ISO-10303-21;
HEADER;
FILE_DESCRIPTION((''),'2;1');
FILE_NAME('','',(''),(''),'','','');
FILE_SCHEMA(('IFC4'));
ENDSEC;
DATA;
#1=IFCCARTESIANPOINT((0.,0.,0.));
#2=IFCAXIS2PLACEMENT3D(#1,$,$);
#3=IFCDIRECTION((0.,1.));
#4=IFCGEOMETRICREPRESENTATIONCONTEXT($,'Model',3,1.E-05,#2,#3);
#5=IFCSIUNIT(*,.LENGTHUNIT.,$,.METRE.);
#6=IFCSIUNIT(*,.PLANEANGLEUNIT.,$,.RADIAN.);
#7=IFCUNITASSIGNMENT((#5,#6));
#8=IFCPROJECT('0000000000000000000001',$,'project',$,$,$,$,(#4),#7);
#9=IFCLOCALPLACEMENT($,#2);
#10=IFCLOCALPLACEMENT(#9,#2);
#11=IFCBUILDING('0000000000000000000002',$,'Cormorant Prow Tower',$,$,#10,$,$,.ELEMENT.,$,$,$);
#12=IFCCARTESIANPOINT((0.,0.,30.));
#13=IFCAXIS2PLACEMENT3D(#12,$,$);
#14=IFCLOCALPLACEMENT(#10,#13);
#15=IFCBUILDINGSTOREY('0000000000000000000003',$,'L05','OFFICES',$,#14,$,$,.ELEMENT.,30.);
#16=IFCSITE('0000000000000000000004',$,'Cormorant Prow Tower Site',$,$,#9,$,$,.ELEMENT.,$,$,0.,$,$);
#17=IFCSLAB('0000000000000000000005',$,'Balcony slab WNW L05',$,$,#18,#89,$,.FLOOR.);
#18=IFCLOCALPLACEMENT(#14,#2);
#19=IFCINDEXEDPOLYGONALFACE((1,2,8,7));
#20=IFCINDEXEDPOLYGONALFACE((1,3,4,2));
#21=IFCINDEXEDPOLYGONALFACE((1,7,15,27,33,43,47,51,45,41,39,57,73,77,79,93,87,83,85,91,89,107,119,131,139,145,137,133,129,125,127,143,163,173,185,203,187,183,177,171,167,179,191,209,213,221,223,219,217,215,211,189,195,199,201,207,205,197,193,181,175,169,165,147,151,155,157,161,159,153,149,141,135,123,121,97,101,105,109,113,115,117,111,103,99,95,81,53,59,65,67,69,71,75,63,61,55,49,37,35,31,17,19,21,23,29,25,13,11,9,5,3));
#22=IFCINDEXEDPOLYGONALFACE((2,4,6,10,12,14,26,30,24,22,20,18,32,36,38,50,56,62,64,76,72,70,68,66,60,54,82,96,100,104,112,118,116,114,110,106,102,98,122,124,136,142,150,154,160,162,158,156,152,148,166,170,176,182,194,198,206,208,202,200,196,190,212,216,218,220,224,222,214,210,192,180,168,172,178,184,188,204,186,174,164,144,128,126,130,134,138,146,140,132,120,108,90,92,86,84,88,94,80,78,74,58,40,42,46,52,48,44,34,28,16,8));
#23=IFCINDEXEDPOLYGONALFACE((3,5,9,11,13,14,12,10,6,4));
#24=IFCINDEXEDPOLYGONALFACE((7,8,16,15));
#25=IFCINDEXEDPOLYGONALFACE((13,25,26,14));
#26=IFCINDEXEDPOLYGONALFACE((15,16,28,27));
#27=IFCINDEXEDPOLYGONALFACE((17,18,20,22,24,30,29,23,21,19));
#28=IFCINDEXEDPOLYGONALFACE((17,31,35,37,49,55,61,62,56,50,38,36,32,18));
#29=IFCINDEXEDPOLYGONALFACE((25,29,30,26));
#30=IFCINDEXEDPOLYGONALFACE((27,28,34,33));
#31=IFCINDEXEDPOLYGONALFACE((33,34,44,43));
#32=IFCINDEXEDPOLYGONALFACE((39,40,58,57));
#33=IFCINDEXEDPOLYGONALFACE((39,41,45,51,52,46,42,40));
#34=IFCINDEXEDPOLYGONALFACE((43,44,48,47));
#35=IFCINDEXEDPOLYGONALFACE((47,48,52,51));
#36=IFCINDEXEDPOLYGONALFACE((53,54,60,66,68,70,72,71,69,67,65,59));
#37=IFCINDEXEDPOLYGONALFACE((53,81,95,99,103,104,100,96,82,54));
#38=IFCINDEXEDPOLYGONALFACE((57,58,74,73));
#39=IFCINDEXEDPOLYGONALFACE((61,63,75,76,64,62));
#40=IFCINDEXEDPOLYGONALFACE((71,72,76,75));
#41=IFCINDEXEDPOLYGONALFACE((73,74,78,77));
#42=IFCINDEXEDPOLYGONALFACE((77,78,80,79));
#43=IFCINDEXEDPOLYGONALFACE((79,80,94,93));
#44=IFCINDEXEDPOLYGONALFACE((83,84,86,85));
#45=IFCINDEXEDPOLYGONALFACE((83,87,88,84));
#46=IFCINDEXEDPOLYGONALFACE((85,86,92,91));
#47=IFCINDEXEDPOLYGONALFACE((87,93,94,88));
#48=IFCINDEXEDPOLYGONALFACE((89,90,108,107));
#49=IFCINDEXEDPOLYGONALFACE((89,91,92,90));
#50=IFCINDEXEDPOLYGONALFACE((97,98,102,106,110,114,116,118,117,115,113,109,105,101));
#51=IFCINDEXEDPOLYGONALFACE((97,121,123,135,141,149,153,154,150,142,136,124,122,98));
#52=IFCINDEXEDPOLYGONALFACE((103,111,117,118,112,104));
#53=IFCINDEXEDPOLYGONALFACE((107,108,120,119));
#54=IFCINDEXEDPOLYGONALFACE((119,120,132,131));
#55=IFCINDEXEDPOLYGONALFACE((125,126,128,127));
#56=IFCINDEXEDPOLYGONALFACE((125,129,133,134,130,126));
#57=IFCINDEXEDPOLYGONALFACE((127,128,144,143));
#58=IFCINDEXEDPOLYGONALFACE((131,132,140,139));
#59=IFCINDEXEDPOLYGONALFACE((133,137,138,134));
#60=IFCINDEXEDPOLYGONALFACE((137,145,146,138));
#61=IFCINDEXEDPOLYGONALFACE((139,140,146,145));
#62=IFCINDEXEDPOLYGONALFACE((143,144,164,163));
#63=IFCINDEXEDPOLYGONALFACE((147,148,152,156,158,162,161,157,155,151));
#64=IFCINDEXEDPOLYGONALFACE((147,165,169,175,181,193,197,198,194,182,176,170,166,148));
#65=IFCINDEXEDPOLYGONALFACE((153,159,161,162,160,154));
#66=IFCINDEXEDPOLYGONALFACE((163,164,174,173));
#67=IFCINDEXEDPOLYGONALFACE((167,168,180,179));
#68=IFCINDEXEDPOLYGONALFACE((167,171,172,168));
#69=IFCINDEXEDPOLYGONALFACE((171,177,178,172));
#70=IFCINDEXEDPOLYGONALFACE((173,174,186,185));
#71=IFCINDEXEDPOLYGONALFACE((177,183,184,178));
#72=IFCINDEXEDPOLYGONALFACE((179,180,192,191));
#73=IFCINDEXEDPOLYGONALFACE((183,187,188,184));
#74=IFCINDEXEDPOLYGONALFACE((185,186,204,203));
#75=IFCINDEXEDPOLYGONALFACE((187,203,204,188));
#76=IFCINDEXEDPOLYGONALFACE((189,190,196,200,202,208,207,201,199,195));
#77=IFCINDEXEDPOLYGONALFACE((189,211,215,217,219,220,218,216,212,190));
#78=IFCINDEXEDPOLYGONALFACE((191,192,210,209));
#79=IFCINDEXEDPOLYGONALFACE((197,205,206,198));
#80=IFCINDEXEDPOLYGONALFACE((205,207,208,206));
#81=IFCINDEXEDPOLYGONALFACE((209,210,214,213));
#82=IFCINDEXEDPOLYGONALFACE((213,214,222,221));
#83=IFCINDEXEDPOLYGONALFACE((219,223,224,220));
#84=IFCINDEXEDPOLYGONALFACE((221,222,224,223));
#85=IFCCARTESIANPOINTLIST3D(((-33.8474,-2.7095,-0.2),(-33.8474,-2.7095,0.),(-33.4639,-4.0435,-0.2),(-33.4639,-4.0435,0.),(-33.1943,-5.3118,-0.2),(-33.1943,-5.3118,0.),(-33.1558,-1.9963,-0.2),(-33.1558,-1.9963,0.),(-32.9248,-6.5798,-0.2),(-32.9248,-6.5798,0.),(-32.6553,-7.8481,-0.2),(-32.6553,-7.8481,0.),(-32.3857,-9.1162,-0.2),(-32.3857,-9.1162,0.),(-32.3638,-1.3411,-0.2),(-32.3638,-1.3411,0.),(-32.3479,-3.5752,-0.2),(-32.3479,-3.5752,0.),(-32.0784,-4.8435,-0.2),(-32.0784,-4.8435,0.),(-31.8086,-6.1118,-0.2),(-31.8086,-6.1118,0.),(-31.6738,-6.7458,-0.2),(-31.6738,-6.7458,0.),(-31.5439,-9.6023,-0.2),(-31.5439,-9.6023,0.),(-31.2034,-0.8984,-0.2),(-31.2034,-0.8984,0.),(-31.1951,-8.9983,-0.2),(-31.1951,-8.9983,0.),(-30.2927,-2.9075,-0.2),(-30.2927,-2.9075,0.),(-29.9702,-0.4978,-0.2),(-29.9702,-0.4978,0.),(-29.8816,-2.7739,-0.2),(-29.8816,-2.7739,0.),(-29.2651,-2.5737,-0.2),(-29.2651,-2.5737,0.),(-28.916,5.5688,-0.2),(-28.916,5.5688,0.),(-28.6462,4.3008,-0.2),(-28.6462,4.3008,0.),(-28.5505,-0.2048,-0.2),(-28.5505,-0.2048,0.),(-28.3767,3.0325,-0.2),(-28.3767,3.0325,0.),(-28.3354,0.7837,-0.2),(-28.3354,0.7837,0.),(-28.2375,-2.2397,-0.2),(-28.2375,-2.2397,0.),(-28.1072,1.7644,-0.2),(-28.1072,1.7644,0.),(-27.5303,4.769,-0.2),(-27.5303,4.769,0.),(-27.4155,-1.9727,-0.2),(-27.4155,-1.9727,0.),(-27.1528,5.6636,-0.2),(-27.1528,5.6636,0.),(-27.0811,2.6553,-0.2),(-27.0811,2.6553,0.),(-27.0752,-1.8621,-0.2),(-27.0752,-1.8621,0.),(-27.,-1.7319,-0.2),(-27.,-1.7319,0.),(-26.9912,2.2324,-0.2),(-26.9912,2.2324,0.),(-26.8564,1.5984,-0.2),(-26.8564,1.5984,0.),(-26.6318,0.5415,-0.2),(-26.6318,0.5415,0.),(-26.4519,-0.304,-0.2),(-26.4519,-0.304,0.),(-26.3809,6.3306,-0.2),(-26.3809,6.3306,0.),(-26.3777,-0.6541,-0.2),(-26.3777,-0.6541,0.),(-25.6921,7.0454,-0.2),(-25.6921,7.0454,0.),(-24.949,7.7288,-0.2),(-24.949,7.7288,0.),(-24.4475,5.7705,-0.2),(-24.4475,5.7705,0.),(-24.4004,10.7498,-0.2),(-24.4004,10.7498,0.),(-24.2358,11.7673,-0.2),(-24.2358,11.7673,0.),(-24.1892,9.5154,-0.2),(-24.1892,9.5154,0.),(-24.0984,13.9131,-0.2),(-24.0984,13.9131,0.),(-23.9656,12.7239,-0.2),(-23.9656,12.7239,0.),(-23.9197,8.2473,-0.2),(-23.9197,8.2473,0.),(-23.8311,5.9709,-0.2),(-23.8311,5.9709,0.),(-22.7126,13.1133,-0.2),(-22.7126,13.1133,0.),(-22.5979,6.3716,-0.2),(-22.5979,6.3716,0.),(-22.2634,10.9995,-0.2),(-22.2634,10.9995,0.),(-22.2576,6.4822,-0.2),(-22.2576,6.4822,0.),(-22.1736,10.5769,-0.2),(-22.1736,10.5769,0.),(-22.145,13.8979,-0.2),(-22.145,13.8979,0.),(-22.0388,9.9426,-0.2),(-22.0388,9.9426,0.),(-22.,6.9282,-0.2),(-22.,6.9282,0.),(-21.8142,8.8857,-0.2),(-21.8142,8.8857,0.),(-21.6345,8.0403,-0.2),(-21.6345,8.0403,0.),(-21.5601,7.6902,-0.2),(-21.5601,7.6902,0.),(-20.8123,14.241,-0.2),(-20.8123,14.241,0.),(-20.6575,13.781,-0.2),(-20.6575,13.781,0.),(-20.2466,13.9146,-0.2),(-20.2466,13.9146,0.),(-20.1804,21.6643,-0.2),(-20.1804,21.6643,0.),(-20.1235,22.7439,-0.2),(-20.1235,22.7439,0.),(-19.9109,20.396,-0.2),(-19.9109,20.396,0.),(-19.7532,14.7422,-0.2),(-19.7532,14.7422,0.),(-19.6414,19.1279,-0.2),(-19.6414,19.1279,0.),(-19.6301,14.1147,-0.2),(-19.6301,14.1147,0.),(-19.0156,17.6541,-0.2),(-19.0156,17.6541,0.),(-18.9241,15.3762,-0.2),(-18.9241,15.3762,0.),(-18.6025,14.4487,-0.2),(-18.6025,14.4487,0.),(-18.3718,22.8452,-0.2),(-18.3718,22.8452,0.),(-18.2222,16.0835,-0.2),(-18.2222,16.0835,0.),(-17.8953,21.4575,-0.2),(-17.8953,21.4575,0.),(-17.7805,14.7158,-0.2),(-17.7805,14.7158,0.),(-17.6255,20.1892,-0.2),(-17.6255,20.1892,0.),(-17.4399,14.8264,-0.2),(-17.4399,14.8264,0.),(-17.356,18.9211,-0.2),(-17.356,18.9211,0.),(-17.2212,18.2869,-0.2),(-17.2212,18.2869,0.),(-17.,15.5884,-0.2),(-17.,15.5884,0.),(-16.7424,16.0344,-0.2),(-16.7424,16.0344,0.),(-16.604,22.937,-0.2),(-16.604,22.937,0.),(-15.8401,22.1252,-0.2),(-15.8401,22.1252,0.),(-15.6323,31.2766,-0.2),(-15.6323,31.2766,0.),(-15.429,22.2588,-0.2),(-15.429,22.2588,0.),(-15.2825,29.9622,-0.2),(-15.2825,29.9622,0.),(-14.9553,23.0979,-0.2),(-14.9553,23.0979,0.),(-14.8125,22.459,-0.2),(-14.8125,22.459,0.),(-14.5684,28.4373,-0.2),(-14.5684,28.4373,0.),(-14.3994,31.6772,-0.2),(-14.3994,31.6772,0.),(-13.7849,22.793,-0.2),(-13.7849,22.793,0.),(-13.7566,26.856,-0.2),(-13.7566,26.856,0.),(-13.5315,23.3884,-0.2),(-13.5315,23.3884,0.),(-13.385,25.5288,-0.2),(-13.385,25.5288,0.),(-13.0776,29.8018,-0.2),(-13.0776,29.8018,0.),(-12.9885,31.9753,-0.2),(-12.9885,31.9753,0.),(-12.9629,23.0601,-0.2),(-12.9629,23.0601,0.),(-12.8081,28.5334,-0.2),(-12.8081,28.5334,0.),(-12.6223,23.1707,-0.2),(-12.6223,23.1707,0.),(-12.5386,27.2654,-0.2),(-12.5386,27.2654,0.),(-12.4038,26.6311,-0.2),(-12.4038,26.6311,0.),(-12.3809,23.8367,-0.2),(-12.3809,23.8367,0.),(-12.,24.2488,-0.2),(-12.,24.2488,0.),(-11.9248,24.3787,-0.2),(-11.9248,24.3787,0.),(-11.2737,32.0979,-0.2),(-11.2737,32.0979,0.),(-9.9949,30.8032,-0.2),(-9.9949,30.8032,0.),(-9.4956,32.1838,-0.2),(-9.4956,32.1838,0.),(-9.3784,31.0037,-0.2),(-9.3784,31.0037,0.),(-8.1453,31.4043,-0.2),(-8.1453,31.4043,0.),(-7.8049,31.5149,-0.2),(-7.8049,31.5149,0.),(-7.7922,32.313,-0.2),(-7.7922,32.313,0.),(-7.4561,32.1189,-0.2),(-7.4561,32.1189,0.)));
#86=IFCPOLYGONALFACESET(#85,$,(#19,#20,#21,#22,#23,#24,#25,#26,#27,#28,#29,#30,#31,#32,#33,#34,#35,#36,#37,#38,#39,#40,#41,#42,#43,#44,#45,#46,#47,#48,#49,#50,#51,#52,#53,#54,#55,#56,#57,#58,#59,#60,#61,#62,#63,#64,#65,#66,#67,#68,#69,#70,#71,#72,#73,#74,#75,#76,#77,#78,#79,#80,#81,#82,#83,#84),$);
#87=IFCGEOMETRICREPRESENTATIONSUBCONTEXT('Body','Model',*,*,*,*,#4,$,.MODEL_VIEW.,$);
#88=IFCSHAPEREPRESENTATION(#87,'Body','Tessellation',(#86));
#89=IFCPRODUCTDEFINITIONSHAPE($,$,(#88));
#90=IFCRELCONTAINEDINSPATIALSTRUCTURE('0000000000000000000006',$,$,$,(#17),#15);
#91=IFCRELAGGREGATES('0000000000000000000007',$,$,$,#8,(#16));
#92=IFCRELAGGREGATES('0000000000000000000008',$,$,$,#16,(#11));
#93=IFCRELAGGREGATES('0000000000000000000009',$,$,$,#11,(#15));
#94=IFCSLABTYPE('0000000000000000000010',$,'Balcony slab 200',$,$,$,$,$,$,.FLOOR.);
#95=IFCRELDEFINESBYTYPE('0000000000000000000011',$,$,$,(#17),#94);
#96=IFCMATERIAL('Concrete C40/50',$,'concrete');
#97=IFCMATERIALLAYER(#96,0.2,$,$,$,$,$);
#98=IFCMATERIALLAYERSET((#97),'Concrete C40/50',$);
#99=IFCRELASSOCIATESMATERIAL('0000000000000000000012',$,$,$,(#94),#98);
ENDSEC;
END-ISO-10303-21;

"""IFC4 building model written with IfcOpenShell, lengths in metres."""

from ifc_helpers import new_model, si_unit, direction, frame, origin, place, context, subcontext, project, spatial, polyline, outline, extrude, material, layer, layer_set, type_object, element, save


model = new_model("IFC4")

# Units and contexts
model_context = context("Model", 3, precision=1e-05, world=origin(), true_north=direction((0.0, 1.0)))
body_context = subcontext(model_context, "Body", "Model", "MODEL_VIEW")
ifc_project = project(units=[si_unit("LENGTHUNIT", "METRE"), si_unit("PLANEANGLEUNIT", "RADIAN")], contexts=[model_context])

# Site, building, storey
site_placement = place(None, origin())
site = spatial("IfcSite", under=ifc_project, at=site_placement, Name="Cormorant Prow Tower Site", CompositionType="ELEMENT", RefElevation=0.0)
building_placement = place(site_placement, origin())
building = spatial("IfcBuilding", under=site, at=building_placement, Name="Cormorant Prow Tower", CompositionType="ELEMENT")
storey_placement = place(building_placement, frame((0.0, 0.0, 30.0)))
storey = spatial("IfcBuildingStorey", under=building, at=storey_placement, Name="L05", Description="OFFICES", CompositionType="ELEMENT", Elevation=30.0)

# Slab
ifc_material_1 = material(Name="Concrete C40/50", Category="concrete")
ifc_layer_1 = layer(ifc_material_1, 0.2)
ifc_layer_set_1 = layer_set([ifc_layer_1], Name="Concrete C40/50")
slab_type_1 = type_object("IfcSlabType", Name="Balcony slab 200", PredefinedType="FLOOR", material=ifc_layer_set_1)
slab_1_placement = place(storey_placement, frame((0.0, 0.0, -0.2)))
element("IfcSlab", 1, at=slab_1_placement, inside=storey, type_object=slab_type_1, Name="Balcony slab WNW L05", PredefinedType="FLOOR", context=body_context, shape_type="SweptSolid", body=[
    extrude(outline(polyline([(-8.1453, 31.4043), (-7.8049, 31.5149), (-7.4561, 32.1189), (-7.7922, 32.313), (-9.4956, 32.1838), (-11.2737, 32.0979), (-12.9885, 31.9753), (-14.3994, 31.6772), (-15.6323, 31.2766), (-15.2825, 29.9622), (-14.5684, 28.4373), (-13.7566, 26.856), (-13.385, 25.5288), (-12.3809, 23.8367), (-13.5315, 23.3884), (-14.9553, 23.0979), (-16.604, 22.937), (-18.3718, 22.8452), (-20.1235, 22.7439), (-20.1804, 21.6643), (-19.9109, 20.396), (-19.6414, 19.1279), (-19.0156, 17.6541), (-18.2222, 16.0835), (-18.9241, 15.3762), (-19.7532, 14.7422), (-20.8123, 14.241), (-22.145, 13.8979), (-24.0984, 13.9131), (-23.9656, 12.7239), (-24.2358, 11.7673), (-24.4004, 10.7498), (-24.1892, 9.5154), (-23.9197, 8.2473), (-24.949, 7.7288), (-25.6921, 7.0454), (-26.3809, 6.3306), (-27.1528, 5.6636), (-28.916, 5.5688), (-28.6462, 4.3008), (-28.3767, 3.0325), (-28.1072, 1.7644), (-28.3354, 0.7837), (-28.5505, -0.2048), (-29.9702, -0.4978), (-31.2034, -0.8984), (-32.3638, -1.3411), (-33.1558, -1.9963), (-33.8474, -2.7095), (-33.4639, -4.0435), (-33.1943, -5.3118), (-32.9248, -6.5798), (-32.6553, -7.8481), (-32.3857, -9.1162), (-31.5439, -9.6023), (-31.1951, -8.9983), (-31.6738, -6.7458), (-31.8086, -6.1118), (-32.0784, -4.8435), (-32.3479, -3.5752), (-30.2927, -2.9075), (-29.8816, -2.7739), (-29.2651, -2.5737), (-28.2375, -2.2397), (-27.4155, -1.9727), (-27.0752, -1.8621), (-27.0, -1.7319), (-26.3777, -0.6541), (-26.4519, -0.304), (-26.6318, 0.5415), (-26.8564, 1.5984), (-26.9912, 2.2324), (-27.0811, 2.6553), (-27.5303, 4.769), (-24.4475, 5.7705), (-23.8311, 5.9709), (-22.5979, 6.3716), (-22.2576, 6.4822), (-22.0, 6.9282), (-21.5601, 7.6902), (-21.6345, 8.0403), (-21.8142, 8.8857), (-22.0388, 9.9426), (-22.1736, 10.5769), (-22.2634, 10.9995), (-22.7126, 13.1133), (-20.6575, 13.781), (-20.2466, 13.9146), (-19.6301, 14.1147), (-18.6025, 14.4487), (-17.7805, 14.7158), (-17.4399, 14.8264), (-17.0, 15.5884), (-16.7424, 16.0344), (-17.2212, 18.2869), (-17.356, 18.9211), (-17.6255, 20.1892), (-17.8953, 21.4575), (-15.8401, 22.1252), (-15.429, 22.2588), (-14.8125, 22.459), (-13.7849, 22.793), (-12.9629, 23.0601), (-12.6223, 23.1707), (-12.0, 24.2488), (-11.9248, 24.3787), (-12.4038, 26.6311), (-12.5386, 27.2654), (-12.8081, 28.5334), (-13.0776, 29.8018), (-9.9949, 30.8032), (-9.3784, 31.0037), (-8.1453, 31.4043)])), origin(), (0.0, 0.0, 1.0), 0.2),
])

save(model, "model.ifc")
